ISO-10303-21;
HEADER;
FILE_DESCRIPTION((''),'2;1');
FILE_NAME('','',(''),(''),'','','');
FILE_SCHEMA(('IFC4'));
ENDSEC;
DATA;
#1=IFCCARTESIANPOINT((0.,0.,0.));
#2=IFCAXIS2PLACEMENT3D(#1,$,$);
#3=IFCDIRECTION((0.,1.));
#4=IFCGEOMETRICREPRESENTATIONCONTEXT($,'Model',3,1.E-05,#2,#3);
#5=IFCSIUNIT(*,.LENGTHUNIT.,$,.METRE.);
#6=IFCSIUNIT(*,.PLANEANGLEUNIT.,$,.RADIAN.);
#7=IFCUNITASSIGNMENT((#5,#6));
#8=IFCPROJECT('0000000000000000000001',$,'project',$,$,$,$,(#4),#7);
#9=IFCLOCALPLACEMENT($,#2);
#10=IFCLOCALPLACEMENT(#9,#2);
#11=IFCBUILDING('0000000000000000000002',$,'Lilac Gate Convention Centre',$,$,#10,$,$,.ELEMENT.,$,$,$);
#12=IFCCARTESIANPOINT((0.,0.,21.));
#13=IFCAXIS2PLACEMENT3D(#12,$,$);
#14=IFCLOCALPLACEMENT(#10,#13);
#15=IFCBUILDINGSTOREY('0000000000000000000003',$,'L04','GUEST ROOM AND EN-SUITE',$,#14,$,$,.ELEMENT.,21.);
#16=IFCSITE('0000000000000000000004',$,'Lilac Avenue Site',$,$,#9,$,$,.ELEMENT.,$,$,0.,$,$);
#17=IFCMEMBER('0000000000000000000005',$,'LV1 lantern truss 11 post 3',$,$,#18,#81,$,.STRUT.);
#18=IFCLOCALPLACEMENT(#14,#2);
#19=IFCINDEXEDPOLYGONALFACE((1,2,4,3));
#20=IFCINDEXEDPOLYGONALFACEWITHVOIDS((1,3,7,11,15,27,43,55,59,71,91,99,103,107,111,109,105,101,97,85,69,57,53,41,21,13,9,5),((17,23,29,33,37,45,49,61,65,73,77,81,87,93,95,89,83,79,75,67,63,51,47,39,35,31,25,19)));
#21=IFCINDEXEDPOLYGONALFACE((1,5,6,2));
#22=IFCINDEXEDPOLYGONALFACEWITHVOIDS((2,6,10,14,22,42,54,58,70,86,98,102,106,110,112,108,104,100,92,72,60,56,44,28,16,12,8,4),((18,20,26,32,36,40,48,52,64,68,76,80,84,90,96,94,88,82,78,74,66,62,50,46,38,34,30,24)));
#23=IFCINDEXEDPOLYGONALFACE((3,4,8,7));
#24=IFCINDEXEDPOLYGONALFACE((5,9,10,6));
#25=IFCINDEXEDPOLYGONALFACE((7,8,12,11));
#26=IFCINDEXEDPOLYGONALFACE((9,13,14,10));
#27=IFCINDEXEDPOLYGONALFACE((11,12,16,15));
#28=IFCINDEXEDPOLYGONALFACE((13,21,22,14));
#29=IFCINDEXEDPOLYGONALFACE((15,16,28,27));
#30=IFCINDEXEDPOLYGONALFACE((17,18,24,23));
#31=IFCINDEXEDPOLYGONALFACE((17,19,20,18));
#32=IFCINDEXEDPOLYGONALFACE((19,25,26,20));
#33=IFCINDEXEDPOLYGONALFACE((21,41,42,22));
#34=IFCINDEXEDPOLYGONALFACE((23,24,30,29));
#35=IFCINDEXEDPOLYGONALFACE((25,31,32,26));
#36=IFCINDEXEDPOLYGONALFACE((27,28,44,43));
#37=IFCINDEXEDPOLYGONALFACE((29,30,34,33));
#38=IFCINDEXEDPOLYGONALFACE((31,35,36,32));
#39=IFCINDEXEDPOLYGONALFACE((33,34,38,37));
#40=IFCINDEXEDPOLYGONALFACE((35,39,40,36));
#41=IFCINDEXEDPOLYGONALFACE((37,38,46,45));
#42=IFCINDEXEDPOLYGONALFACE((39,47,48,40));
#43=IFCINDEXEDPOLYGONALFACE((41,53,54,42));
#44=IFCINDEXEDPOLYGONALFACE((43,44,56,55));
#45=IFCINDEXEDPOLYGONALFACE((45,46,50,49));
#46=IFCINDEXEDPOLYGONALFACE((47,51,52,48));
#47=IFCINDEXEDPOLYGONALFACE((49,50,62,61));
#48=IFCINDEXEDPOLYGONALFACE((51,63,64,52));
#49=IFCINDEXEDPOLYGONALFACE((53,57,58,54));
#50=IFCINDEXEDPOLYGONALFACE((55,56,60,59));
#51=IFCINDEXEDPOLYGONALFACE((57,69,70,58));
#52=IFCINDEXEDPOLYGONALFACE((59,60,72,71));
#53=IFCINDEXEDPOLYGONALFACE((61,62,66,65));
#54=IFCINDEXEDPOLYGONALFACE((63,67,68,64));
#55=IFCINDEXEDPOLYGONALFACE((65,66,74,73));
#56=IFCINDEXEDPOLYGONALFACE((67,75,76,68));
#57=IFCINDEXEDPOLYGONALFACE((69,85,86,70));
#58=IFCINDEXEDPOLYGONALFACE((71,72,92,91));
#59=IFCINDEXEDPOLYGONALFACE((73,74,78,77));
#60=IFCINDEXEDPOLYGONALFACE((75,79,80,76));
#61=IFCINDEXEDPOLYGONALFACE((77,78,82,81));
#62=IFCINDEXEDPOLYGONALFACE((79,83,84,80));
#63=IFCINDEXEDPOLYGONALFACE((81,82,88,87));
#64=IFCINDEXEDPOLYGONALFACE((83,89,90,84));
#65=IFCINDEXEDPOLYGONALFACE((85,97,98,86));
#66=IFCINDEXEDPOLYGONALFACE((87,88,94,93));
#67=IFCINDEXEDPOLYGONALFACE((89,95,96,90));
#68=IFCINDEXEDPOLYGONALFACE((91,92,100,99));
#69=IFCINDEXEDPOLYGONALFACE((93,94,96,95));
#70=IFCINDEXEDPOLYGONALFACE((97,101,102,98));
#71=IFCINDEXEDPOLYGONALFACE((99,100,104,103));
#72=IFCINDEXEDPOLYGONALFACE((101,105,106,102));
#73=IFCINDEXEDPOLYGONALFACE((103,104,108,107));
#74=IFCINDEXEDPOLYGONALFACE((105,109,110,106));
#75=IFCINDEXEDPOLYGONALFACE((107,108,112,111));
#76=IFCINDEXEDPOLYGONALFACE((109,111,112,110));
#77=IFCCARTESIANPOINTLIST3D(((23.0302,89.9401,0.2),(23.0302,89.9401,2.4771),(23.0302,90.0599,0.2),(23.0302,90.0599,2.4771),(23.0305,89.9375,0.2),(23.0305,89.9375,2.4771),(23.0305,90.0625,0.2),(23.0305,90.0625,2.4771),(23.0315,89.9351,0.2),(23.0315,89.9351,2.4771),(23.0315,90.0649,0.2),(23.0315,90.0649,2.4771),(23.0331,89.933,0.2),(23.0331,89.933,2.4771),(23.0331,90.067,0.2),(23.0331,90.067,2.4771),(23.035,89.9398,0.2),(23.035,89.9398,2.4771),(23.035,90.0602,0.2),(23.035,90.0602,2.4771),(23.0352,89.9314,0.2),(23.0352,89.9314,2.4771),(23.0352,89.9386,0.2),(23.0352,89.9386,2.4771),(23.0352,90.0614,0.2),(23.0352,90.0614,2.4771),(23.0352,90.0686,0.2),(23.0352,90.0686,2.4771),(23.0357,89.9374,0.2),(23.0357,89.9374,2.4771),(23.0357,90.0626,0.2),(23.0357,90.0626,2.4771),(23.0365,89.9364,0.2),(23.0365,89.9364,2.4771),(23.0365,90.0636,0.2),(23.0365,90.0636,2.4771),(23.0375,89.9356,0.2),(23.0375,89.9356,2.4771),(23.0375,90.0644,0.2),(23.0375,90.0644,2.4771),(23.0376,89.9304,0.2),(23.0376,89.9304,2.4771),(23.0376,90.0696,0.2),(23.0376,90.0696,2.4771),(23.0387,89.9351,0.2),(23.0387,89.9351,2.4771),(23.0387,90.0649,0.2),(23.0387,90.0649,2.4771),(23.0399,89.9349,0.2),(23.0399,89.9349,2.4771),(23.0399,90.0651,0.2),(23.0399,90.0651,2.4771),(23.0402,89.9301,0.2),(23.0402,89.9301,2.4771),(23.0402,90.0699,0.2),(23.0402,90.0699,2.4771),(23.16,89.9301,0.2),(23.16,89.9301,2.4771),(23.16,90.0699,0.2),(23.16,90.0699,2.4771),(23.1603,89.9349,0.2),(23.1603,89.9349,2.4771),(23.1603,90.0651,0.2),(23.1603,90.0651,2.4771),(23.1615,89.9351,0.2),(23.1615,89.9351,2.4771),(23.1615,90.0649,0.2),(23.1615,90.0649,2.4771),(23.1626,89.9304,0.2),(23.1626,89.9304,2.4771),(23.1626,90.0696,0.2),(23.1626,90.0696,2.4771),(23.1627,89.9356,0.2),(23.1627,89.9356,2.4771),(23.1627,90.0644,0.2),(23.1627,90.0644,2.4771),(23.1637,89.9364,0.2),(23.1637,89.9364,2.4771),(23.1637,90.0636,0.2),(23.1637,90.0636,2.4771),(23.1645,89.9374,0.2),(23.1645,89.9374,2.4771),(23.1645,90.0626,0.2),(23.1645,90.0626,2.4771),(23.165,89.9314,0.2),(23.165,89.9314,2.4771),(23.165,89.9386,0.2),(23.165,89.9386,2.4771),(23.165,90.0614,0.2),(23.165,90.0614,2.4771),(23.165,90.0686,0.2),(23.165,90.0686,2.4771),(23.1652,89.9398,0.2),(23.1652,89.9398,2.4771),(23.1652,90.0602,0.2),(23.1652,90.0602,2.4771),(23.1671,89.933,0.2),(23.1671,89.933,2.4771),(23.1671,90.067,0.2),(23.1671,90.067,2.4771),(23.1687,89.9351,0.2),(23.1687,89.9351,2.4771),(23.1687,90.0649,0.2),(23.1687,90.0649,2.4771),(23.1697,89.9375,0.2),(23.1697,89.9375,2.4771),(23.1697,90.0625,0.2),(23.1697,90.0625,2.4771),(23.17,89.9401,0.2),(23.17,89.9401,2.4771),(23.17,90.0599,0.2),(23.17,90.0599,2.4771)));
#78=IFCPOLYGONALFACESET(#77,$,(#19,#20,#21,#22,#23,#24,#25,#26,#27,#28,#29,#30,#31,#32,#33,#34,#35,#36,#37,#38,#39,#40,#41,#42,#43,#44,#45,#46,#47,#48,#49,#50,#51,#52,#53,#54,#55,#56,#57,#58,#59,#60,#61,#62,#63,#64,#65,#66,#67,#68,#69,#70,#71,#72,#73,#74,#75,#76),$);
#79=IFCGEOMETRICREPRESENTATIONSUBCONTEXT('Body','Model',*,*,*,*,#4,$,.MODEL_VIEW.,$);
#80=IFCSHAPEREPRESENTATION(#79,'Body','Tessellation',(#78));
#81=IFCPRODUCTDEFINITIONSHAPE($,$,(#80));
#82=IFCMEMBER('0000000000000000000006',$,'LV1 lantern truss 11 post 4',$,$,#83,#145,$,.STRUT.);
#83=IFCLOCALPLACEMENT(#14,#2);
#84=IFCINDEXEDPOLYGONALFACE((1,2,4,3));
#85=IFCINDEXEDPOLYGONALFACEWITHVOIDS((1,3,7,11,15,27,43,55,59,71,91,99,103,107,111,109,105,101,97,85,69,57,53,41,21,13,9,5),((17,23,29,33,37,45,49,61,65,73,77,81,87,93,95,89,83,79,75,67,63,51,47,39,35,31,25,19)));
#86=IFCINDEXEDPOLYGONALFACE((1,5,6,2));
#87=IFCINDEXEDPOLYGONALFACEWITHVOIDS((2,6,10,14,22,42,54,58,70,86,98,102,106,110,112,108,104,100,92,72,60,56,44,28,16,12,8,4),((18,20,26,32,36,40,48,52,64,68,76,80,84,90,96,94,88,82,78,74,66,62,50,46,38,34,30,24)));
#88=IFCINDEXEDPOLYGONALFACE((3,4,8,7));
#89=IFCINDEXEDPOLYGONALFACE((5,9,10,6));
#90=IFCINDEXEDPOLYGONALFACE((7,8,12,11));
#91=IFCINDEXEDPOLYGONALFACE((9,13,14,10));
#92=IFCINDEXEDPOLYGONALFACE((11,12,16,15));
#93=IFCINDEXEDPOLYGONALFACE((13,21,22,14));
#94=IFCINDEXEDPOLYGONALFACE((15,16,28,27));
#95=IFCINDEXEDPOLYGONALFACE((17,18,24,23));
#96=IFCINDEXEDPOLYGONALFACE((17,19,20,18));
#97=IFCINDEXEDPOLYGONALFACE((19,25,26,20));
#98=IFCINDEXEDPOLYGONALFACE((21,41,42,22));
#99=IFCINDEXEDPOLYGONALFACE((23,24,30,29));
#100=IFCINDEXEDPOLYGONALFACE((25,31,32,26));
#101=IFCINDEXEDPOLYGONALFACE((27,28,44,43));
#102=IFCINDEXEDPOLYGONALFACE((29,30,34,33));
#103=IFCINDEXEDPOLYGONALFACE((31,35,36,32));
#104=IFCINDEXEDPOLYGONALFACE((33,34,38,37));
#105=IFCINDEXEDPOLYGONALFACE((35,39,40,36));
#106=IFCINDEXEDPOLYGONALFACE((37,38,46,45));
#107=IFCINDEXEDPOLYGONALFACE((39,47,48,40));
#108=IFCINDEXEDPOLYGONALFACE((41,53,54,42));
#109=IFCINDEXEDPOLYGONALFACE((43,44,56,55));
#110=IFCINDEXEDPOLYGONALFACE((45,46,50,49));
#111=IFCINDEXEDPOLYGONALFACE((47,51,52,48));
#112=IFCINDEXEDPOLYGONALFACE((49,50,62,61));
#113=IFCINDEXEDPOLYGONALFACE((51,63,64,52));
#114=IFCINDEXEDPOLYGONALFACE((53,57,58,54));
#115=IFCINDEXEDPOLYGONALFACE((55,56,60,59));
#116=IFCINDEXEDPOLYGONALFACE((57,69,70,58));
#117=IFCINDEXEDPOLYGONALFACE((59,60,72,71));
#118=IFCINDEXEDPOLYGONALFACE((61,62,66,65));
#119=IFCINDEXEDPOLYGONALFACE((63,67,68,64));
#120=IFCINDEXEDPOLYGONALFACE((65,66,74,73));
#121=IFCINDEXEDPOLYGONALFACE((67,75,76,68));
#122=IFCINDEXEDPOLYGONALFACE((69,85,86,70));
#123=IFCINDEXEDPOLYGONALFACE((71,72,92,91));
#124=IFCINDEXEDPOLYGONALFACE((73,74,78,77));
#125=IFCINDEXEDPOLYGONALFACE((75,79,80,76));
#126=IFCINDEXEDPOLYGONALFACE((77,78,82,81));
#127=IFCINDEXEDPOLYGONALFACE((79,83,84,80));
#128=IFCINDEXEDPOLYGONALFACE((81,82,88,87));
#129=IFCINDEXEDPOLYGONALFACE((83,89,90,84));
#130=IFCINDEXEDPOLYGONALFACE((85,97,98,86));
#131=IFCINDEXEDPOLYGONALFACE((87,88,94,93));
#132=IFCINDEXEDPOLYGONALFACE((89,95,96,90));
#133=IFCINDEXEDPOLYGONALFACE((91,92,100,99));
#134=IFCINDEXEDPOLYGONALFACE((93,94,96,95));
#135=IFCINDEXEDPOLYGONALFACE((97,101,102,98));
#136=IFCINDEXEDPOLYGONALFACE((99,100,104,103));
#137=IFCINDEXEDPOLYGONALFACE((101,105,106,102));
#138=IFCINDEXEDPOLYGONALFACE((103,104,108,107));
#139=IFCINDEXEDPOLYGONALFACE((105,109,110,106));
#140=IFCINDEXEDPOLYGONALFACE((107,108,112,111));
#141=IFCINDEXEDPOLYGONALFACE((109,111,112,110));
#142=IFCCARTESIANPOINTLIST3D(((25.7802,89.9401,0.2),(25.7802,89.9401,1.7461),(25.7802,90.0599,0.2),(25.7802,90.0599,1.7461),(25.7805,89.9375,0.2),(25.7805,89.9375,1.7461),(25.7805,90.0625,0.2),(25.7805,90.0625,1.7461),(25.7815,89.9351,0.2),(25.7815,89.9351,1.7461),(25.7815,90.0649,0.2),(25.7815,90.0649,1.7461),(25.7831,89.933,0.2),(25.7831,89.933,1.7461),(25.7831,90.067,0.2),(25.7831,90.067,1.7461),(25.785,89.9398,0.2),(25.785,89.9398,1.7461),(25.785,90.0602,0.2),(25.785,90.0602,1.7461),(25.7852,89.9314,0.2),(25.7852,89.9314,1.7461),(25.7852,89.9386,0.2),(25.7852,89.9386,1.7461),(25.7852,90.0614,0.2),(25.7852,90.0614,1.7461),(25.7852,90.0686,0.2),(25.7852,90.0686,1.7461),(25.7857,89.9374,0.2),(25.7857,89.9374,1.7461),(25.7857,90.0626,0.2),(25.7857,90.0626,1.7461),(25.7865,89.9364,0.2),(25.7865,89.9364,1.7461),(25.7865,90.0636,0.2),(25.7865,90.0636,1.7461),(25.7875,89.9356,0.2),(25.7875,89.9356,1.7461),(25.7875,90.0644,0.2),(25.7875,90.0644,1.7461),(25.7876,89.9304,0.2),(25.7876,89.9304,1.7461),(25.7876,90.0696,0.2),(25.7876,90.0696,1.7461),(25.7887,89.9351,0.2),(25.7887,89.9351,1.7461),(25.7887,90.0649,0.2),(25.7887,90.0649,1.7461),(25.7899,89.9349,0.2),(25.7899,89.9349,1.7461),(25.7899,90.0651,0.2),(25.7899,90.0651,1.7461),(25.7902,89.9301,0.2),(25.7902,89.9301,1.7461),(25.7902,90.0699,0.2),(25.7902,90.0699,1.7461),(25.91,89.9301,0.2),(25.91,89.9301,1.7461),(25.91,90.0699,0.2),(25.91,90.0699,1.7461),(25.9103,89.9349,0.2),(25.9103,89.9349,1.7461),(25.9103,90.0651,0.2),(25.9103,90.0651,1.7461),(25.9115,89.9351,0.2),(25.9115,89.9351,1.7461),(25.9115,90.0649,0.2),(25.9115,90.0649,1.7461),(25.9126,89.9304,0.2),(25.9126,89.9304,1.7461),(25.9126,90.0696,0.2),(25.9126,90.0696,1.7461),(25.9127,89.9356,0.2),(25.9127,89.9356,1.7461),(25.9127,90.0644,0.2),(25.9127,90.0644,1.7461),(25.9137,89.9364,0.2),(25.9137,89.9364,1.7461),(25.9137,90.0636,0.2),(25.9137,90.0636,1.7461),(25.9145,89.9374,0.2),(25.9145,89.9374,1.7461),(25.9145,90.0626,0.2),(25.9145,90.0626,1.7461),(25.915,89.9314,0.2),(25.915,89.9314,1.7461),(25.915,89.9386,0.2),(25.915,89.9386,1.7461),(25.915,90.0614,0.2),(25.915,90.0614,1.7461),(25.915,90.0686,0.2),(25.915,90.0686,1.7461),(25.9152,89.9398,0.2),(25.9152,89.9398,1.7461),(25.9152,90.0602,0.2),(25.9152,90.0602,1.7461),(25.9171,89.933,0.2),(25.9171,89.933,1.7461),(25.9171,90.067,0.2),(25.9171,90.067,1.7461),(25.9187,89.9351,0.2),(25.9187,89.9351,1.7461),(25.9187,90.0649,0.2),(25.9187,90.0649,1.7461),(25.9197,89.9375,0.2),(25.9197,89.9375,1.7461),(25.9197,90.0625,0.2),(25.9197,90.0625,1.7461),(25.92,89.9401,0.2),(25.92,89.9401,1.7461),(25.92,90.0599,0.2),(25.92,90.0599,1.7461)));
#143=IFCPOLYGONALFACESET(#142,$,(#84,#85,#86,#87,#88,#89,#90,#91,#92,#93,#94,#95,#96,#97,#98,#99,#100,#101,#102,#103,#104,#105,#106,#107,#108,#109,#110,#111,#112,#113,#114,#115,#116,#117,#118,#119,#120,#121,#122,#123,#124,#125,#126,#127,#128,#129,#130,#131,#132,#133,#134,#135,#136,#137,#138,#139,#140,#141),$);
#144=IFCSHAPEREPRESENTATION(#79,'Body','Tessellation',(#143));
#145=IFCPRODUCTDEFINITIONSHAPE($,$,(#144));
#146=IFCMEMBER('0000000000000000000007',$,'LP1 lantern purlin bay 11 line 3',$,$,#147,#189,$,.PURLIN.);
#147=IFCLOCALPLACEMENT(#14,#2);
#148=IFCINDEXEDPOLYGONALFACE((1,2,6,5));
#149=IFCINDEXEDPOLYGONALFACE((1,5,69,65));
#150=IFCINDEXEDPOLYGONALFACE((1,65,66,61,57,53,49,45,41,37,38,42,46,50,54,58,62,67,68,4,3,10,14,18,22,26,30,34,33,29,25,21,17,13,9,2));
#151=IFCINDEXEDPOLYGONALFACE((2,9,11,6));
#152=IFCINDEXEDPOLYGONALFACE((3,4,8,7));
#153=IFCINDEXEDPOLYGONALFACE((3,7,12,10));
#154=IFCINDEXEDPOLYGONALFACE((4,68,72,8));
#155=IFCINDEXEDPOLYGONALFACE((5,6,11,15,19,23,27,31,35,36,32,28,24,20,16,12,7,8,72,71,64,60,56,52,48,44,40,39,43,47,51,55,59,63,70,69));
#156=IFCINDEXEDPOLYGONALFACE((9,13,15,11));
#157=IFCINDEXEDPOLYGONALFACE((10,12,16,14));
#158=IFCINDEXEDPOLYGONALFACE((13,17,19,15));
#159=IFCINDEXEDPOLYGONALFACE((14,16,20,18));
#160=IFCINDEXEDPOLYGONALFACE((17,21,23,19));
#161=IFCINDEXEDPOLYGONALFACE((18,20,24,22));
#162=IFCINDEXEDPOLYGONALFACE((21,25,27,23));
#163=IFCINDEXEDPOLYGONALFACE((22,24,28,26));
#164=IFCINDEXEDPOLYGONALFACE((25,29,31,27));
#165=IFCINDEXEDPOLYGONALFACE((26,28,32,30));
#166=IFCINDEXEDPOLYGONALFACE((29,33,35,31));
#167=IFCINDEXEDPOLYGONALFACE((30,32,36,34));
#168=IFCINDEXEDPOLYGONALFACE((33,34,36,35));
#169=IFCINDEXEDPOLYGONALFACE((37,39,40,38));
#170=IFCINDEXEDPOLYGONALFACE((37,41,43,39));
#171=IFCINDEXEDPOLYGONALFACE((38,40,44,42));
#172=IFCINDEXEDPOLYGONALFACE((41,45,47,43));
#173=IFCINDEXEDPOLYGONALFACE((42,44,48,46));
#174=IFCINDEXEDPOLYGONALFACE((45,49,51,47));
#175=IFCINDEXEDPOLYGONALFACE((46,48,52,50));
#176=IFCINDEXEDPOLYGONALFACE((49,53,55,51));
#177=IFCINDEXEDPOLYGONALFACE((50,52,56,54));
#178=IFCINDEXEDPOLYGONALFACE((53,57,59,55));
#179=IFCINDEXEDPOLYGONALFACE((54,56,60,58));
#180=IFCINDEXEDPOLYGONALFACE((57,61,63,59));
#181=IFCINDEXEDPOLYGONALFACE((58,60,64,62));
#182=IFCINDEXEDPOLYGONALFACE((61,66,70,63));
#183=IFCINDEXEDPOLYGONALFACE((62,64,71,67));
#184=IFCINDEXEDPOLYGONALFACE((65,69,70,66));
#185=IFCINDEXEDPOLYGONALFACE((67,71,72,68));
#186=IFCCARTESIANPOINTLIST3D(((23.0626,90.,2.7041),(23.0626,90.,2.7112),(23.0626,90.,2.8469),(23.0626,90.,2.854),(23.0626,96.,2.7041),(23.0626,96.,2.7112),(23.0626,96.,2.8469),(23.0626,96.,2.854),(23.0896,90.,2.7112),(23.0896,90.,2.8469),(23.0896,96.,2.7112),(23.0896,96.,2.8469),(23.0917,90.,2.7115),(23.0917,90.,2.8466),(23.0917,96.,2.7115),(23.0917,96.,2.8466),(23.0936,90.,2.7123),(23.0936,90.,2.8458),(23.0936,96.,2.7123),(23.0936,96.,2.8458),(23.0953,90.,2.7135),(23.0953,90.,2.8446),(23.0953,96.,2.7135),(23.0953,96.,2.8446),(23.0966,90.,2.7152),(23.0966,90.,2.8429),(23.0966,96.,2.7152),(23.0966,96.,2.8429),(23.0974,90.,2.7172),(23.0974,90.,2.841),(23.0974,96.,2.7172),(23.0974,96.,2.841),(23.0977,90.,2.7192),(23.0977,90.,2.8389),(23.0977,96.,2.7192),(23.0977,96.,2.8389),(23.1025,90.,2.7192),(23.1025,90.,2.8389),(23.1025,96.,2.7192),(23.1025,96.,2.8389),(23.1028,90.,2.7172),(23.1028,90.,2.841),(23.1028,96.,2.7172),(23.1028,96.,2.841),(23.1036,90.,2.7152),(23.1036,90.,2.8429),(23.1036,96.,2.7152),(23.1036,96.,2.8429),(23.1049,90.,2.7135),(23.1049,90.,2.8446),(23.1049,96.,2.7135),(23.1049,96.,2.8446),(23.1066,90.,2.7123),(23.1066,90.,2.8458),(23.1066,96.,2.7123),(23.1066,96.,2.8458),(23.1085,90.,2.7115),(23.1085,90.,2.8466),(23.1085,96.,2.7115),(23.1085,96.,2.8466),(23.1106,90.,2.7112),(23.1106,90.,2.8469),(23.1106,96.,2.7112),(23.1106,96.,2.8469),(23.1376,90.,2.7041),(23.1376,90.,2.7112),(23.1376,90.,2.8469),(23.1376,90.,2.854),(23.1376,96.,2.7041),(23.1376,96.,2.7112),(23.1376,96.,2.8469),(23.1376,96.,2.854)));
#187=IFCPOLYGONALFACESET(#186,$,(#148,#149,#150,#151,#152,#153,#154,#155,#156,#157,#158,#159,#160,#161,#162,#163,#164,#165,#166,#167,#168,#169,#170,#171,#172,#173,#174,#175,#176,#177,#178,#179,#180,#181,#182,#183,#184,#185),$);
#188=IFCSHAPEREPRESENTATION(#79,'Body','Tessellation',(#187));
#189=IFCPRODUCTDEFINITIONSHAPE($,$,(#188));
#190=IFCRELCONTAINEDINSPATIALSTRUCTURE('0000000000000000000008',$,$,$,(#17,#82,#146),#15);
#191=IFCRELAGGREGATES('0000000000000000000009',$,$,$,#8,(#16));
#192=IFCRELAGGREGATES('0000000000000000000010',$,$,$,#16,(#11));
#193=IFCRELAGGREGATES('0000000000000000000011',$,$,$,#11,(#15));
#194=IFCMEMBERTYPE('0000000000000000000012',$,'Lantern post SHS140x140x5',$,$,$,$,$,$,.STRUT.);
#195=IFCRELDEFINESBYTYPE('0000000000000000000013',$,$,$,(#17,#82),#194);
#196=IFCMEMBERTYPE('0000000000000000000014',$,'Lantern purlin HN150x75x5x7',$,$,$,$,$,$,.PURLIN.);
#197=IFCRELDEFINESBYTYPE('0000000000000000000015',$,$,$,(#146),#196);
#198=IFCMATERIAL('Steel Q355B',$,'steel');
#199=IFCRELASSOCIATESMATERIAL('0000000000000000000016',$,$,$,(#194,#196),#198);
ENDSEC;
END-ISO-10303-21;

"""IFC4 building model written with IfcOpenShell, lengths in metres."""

from ifc_helpers import new_model, si_unit, direction, frame, origin, origin_2d, place, context, subcontext, project, spatial, hollow_rectangle, i_section, extrude, material, material_profile, profile_set, type_object, element, save


model = new_model("IFC4")

# Units and contexts
model_context = context("Model", 3, precision=1e-05, world=origin(), true_north=direction((0.0, 1.0)))
body_context = subcontext(model_context, "Body", "Model", "MODEL_VIEW")
ifc_project = project(units=[si_unit("LENGTHUNIT", "METRE"), si_unit("PLANEANGLEUNIT", "RADIAN")], contexts=[model_context])

# Site, building, storey
site_placement = place(None, origin())
site = spatial("IfcSite", under=ifc_project, at=site_placement, Name="Lilac Avenue Site", CompositionType="ELEMENT", RefElevation=0.0)
building_placement = place(site_placement, origin())
building = spatial("IfcBuilding", under=site, at=building_placement, Name="Lilac Gate Convention Centre", CompositionType="ELEMENT")
storey_placement = place(building_placement, frame((0.0, 0.0, 21.0)))
storey = spatial("IfcBuildingStorey", under=building, at=storey_placement, Name="L04", Description="GUEST ROOM AND EN-SUITE", CompositionType="ELEMENT", Elevation=21.0)

# Members
ifc_material_1 = material(Name="Steel Q355B", Category="steel")
ifc_material_profile_1 = material_profile(ifc_material_1, hollow_rectangle(XDim=0.1399, YDim=0.1399, WallThickness=0.0049, InnerFilletRadius=0.0049, OuterFilletRadius=0.01, at=origin_2d()), Name="SHS140x140x5")
ifc_profile_set_1 = profile_set([ifc_material_profile_1], Name="Steel Q355B")
member_type_1 = type_object("IfcMemberType", Name="Lantern post SHS140x140x5", PredefinedType="STRUT", material=ifc_profile_set_1)
member_1_placement = place(storey_placement, frame((23.1001, 90.0, 0.2), z_axis=(0.0, 0.0, 1.0), x_axis=(1.0, 0.0, 0.0)))
element("IfcMember", 1, at=member_1_placement, inside=storey, type_object=member_type_1, Name="LV1 lantern truss 11 post 3", PredefinedType="STRUT", context=body_context, shape_type="SweptSolid", body=[
    extrude(hollow_rectangle(XDim=0.1399, YDim=0.1399, WallThickness=0.0049, InnerFilletRadius=0.0049, OuterFilletRadius=0.01, at=origin_2d()), origin(), (0.0, 0.0, 1.0), 2.2771),
])
member_2_placement = place(storey_placement, frame((25.8501, 90.0, 0.2), z_axis=(0.0, 0.0, 1.0), x_axis=(1.0, 0.0, 0.0)))
element("IfcMember", 2, at=member_2_placement, inside=storey, type_object=member_type_1, Name="LV1 lantern truss 11 post 4", PredefinedType="STRUT", context=body_context, shape_type="SweptSolid", body=[
    extrude(hollow_rectangle(XDim=0.1399, YDim=0.1399, WallThickness=0.0049, InnerFilletRadius=0.0049, OuterFilletRadius=0.01, at=origin_2d()), origin(), (0.0, 0.0, 1.0), 1.5461),
])
ifc_material_profile_2 = material_profile(ifc_material_1, i_section(OverallWidth=0.075, OverallDepth=0.1499, WebThickness=0.0049, FlangeThickness=0.0071, FilletRadius=0.0081, at=origin_2d()), Name="HN150x75x5x7")
ifc_profile_set_2 = profile_set([ifc_material_profile_2], Name="Steel Q355B")
member_type_2 = type_object("IfcMemberType", Name="Lantern purlin HN150x75x5x7", PredefinedType="PURLIN", material=ifc_profile_set_2)
for number, where, z_axis, x_axis, name in (
    (3, (23.1001, 90.0, 2.7791), (0.0, 1.0, 0.0), (-1.0, 0.0, 0.0), "LP1 lantern purlin bay 11 line 3"),
):
    element("IfcMember", number, at=place(storey_placement, frame(where, z_axis=z_axis, x_axis=x_axis)), inside=storey, type_object=member_type_2, Name=name, PredefinedType="PURLIN", context=body_context, shape_type="SweptSolid", body=[
        extrude(i_section(OverallWidth=0.075, OverallDepth=0.1499, WebThickness=0.0049, FlangeThickness=0.0071, FilletRadius=0.0081, at=origin_2d()), origin(), (0.0, 0.0, 1.0), 6.0),
    ])

save(model, "model.ifc")
